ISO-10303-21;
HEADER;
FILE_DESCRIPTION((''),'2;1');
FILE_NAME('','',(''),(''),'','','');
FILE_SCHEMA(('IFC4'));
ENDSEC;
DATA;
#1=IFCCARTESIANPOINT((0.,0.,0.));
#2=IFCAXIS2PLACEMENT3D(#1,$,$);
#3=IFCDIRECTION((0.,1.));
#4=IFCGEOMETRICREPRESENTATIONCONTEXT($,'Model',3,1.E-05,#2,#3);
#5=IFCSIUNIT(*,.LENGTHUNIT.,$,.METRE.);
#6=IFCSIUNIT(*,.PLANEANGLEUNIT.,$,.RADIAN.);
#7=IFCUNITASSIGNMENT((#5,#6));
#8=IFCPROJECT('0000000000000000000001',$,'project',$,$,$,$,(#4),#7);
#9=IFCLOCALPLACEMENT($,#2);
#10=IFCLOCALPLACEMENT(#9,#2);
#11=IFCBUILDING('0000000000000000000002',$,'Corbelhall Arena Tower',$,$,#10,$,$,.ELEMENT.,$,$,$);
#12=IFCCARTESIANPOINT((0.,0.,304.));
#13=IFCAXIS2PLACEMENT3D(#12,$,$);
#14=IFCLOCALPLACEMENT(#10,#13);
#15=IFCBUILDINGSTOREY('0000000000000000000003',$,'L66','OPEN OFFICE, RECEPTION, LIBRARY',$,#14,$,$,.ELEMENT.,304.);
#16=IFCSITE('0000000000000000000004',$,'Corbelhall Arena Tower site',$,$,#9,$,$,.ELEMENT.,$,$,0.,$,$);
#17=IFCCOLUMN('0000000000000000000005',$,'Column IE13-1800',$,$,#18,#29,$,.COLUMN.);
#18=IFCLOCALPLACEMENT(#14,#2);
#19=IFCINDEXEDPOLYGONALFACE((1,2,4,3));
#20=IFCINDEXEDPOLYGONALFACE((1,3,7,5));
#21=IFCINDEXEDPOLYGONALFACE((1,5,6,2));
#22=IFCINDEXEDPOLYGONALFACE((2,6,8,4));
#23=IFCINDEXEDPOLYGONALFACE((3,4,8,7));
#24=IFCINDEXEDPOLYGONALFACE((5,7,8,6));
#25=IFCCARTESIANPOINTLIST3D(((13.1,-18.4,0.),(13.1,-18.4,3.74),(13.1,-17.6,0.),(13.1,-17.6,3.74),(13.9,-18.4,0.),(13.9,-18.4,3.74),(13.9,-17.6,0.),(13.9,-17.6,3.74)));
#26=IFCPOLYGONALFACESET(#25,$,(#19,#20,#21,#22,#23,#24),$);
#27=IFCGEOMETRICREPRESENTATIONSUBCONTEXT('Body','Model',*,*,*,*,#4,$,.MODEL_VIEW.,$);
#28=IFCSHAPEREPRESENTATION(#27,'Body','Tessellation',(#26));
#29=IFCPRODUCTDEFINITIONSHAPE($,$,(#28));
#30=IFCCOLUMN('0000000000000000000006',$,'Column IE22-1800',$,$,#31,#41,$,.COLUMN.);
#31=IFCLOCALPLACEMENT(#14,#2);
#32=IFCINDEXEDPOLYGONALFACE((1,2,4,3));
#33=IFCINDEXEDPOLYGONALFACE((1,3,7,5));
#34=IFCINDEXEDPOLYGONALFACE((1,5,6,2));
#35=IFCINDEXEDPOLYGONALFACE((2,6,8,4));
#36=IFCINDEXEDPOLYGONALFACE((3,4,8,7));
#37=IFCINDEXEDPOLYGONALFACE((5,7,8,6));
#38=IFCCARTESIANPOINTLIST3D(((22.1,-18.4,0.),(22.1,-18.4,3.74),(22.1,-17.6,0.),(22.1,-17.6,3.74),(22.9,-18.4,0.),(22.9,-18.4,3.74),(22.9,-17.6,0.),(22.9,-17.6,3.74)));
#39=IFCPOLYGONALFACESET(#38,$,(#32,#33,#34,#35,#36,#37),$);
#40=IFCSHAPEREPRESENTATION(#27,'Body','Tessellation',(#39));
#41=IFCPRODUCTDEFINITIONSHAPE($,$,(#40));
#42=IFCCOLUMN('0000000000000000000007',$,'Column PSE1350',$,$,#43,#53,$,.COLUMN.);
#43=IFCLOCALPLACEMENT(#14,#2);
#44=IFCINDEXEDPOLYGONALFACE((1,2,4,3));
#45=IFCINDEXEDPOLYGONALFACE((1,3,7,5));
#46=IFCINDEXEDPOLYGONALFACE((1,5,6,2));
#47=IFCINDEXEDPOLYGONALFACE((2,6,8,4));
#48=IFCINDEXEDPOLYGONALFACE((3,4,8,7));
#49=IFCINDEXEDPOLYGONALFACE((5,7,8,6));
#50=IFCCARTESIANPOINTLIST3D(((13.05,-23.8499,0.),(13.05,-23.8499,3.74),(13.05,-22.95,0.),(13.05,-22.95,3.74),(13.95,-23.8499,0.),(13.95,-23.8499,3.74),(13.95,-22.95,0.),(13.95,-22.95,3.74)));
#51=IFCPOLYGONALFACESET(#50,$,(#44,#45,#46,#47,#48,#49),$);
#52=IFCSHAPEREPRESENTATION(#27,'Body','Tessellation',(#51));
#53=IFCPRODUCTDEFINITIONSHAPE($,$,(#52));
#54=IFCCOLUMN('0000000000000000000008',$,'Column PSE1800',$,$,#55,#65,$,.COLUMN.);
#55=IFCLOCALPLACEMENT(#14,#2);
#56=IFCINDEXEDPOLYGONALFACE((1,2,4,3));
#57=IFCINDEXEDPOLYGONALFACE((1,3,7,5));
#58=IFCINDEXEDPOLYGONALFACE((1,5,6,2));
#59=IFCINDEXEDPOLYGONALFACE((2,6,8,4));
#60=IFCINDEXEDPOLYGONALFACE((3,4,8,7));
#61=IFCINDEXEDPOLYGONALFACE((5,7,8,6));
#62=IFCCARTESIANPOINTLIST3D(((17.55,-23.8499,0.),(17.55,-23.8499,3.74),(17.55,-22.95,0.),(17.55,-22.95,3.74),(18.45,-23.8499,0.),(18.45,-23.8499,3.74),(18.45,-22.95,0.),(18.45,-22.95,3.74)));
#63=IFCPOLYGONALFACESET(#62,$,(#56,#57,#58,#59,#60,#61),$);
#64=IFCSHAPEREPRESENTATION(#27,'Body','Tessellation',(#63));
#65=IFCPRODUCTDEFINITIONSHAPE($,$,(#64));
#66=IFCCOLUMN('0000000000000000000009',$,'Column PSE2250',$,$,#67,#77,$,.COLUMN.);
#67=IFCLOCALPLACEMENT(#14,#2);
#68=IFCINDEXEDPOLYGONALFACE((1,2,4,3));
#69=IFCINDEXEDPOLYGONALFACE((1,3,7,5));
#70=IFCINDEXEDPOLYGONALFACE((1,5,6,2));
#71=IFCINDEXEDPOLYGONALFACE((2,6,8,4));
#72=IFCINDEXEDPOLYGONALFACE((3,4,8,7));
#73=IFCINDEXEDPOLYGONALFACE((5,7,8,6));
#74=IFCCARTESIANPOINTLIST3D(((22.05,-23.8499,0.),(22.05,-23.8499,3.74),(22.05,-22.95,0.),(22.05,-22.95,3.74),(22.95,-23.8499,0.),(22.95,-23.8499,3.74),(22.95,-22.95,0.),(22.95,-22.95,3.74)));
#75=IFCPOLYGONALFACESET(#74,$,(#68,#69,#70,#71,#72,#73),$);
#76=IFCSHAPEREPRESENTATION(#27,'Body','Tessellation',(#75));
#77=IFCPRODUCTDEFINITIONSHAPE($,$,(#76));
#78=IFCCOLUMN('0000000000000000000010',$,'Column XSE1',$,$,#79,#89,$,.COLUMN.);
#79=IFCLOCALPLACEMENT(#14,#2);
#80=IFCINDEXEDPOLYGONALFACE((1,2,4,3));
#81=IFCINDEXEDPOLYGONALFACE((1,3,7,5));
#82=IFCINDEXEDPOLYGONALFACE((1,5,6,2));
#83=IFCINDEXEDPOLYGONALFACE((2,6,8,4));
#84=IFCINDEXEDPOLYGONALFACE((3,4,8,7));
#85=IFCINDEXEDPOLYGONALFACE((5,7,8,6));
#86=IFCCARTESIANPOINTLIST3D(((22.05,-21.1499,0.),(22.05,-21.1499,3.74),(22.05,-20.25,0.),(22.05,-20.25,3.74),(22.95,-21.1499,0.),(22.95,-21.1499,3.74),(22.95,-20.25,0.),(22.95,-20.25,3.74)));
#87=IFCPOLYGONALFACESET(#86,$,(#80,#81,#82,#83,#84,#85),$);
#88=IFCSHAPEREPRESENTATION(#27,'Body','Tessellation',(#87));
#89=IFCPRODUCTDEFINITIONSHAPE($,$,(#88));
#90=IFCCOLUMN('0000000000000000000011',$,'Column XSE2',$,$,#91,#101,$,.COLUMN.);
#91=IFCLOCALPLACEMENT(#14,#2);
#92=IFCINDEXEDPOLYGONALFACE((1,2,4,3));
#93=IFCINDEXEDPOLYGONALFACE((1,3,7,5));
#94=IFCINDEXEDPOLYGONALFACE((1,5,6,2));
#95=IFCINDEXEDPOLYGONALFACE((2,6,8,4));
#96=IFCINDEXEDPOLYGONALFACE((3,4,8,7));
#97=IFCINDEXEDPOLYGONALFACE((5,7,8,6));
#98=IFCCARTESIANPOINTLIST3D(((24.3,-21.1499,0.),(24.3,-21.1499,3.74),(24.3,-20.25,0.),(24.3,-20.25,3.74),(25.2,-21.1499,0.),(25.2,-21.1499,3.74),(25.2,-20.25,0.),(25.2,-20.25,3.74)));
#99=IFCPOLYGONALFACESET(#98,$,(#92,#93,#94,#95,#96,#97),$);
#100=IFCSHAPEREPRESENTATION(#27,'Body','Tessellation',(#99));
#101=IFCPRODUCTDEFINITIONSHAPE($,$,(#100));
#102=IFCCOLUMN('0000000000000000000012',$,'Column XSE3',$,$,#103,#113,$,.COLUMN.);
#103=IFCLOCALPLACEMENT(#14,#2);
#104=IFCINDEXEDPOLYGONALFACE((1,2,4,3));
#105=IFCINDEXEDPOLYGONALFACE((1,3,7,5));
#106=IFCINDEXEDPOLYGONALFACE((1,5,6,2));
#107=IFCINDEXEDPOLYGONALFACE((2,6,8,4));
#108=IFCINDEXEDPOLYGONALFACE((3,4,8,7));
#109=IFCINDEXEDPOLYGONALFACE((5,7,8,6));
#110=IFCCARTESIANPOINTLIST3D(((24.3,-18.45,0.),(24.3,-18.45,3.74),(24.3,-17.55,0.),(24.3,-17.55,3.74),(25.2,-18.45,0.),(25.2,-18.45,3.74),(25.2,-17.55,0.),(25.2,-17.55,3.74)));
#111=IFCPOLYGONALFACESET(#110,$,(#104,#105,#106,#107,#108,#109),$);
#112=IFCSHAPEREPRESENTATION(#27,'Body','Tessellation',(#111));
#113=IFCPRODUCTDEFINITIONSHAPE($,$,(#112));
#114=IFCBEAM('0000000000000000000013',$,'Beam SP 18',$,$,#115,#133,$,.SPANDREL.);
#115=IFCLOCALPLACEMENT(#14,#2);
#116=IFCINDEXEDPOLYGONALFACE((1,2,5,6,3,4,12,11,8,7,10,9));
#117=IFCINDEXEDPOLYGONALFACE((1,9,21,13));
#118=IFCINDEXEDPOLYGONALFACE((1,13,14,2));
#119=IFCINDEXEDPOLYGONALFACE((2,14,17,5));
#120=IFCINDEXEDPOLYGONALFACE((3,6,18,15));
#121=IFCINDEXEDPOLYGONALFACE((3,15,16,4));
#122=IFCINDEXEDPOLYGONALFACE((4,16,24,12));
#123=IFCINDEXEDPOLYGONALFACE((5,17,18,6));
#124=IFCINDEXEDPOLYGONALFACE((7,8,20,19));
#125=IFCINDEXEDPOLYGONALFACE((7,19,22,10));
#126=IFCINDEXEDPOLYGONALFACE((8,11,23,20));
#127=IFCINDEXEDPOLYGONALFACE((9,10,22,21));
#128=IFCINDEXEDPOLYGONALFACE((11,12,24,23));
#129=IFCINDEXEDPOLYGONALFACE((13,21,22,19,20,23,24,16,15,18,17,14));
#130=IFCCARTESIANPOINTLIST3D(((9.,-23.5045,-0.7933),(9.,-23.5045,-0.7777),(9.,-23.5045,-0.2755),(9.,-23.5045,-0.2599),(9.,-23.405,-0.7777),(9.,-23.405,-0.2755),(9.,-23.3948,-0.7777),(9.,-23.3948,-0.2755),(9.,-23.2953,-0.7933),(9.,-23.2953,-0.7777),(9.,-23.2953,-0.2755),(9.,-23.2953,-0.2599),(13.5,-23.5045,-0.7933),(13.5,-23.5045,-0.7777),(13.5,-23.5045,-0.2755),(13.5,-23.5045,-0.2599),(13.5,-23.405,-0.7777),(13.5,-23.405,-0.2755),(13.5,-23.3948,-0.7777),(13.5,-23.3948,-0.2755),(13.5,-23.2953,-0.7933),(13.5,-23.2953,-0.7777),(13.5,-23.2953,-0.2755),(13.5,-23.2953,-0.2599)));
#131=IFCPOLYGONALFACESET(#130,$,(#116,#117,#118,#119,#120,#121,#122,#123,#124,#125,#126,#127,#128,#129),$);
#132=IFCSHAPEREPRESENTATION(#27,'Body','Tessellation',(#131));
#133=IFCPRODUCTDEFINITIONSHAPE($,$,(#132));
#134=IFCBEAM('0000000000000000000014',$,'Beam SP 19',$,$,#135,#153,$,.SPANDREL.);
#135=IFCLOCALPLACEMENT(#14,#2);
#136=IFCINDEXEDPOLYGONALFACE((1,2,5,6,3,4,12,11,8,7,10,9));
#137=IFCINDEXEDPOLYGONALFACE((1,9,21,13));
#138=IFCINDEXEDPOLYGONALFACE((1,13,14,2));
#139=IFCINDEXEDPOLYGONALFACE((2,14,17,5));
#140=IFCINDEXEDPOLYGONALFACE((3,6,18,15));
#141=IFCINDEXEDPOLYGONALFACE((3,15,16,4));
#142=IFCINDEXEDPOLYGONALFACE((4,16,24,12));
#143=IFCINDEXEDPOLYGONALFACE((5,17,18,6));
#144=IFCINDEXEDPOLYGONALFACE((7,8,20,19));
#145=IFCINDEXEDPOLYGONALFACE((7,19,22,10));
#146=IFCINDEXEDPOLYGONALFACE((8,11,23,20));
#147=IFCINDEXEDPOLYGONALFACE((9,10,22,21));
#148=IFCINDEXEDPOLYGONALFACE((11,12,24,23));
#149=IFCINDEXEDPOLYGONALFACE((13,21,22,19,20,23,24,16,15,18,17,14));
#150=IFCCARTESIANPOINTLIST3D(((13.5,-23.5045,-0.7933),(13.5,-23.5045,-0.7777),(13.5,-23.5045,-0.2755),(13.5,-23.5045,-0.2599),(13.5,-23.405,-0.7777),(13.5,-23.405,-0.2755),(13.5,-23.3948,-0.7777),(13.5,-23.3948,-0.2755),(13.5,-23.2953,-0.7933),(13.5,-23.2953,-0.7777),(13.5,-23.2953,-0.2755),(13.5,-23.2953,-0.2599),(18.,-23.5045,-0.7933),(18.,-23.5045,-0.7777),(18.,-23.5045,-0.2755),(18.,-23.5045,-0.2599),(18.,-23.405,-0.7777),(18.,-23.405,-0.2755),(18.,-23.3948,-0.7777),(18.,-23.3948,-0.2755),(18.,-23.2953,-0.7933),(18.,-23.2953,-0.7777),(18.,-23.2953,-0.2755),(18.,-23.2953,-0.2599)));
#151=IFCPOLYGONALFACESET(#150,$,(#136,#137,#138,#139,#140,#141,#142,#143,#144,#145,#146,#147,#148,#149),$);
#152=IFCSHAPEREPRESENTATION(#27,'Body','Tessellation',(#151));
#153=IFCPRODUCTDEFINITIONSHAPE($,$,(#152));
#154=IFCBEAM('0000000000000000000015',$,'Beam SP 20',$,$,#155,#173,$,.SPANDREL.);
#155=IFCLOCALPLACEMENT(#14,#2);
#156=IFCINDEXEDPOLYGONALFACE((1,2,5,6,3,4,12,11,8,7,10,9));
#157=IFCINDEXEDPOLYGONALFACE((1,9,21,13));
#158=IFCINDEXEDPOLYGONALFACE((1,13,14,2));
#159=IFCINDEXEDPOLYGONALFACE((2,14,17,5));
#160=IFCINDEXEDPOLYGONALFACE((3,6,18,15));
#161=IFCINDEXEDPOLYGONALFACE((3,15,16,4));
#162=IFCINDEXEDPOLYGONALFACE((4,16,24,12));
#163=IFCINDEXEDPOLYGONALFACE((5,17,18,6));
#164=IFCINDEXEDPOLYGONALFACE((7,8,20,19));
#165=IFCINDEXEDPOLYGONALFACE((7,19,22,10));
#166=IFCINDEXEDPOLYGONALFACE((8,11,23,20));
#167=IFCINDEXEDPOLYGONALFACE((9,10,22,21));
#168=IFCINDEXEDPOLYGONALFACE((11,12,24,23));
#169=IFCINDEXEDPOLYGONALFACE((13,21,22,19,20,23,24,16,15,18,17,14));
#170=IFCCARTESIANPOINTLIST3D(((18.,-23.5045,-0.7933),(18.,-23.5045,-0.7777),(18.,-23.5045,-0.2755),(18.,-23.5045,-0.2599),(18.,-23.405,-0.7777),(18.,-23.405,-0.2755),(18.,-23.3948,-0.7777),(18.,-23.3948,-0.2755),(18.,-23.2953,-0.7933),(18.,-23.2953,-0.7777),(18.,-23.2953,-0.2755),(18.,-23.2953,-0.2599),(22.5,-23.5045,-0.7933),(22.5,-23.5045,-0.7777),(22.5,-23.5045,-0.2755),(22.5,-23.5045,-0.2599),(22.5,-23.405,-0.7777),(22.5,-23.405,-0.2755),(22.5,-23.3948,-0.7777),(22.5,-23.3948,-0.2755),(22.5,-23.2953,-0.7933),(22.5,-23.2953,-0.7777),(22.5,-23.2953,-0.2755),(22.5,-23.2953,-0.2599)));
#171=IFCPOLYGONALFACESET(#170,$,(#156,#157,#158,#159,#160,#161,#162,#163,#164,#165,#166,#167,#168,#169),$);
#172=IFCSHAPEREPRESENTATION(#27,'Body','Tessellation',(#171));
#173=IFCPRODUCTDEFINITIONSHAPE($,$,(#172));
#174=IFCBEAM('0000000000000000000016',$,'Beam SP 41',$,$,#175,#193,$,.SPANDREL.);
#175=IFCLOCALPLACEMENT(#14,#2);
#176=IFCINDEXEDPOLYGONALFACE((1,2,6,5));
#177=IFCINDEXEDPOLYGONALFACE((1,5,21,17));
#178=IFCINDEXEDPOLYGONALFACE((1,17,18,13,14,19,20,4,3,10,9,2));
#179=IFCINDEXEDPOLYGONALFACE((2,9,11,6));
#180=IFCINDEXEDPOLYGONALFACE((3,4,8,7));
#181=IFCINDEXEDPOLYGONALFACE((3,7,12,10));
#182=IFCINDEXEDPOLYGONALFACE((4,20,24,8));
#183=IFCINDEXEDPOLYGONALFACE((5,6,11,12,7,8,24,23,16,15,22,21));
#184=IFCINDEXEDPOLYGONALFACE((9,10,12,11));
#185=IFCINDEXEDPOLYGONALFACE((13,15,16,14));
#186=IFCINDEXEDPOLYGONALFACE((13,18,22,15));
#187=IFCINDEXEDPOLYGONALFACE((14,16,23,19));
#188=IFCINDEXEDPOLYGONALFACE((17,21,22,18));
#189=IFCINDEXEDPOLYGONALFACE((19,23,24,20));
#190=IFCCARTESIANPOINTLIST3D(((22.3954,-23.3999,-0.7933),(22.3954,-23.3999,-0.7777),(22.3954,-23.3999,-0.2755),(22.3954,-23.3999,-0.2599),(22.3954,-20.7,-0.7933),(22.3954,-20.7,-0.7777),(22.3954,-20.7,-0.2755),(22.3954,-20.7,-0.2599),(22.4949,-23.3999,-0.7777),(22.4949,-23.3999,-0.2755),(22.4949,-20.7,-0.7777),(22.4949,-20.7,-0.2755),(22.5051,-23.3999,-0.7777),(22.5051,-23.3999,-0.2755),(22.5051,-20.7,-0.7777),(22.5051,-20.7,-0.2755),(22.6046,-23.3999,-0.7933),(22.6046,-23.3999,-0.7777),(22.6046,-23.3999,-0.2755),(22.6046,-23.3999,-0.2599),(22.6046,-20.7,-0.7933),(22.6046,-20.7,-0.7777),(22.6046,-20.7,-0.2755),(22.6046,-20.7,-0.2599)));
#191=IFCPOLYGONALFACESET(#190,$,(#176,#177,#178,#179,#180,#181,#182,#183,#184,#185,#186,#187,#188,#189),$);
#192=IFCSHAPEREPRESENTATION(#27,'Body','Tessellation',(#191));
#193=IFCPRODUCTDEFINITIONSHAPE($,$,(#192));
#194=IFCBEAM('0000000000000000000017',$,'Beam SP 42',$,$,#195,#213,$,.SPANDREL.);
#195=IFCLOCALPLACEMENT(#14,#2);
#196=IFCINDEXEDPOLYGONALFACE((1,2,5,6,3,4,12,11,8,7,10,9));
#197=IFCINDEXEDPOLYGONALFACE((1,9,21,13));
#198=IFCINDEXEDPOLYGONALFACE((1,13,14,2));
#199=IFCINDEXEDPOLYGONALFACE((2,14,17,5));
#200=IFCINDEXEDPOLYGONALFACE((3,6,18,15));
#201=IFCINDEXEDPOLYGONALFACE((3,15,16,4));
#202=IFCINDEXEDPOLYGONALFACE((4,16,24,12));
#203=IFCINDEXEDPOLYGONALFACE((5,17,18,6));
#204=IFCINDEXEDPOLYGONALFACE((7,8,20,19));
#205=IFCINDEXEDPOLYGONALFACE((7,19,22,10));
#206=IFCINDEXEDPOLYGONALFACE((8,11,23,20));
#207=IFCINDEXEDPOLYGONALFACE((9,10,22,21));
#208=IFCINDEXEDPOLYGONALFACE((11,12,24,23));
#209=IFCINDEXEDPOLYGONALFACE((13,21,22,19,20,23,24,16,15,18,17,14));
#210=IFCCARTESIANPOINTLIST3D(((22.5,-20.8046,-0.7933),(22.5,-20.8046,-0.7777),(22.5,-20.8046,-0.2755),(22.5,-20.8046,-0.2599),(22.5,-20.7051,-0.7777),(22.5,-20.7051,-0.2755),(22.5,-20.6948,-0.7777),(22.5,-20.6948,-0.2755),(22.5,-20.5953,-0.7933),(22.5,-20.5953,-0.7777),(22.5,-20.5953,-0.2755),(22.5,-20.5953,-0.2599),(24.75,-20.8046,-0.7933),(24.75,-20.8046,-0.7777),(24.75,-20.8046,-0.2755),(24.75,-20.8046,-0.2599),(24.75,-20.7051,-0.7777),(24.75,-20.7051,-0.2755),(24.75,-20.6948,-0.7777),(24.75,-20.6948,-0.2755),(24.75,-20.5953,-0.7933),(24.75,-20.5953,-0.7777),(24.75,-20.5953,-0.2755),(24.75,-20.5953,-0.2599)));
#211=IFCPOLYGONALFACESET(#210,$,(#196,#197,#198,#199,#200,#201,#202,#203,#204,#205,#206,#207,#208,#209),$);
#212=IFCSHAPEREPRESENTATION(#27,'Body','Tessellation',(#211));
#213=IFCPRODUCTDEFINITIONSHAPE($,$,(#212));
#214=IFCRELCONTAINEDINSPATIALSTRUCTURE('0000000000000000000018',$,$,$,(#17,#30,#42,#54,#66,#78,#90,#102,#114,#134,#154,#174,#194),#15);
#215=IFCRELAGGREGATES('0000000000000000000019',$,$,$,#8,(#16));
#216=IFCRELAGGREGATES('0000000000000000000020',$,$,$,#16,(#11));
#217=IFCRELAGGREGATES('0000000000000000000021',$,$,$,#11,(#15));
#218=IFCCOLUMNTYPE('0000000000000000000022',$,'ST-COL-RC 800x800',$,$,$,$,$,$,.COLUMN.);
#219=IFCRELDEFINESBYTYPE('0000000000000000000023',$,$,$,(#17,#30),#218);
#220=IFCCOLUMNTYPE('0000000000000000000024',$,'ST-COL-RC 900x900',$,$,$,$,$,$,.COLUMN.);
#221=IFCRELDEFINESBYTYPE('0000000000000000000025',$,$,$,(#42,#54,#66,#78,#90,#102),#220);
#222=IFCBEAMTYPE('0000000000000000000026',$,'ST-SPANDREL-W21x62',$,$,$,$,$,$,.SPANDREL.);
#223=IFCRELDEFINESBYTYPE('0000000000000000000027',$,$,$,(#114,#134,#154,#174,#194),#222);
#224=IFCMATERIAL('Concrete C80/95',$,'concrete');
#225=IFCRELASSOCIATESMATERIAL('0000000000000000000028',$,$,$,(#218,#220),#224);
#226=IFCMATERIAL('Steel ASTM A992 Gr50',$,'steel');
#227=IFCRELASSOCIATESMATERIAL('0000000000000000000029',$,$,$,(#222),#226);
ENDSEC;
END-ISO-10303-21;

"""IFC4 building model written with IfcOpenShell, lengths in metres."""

from ifc_helpers import new_model, si_unit, direction, frame, origin, origin_2d, place, context, subcontext, project, spatial, rectangle, i_section, extrude, material, material_profile, profile_set, type_object, element, save


model = new_model("IFC4")

# Units and contexts
model_context = context("Model", 3, precision=1e-05, world=origin(), true_north=direction((0.0, 1.0)))
body_context = subcontext(model_context, "Body", "Model", "MODEL_VIEW")
ifc_project = project(units=[si_unit("LENGTHUNIT", "METRE"), si_unit("PLANEANGLEUNIT", "RADIAN")], contexts=[model_context])

# Site, building, storey
site_placement = place(None, origin())
site = spatial("IfcSite", under=ifc_project, at=site_placement, Name="Corbelhall Arena Tower site", CompositionType="ELEMENT", RefElevation=0.0)
building_placement = place(site_placement, origin())
building = spatial("IfcBuilding", under=site, at=building_placement, Name="Corbelhall Arena Tower", CompositionType="ELEMENT")
storey_placement = place(building_placement, frame((0.0, 0.0, 304.0)))
storey = spatial("IfcBuildingStorey", under=building, at=storey_placement, Name="L66", Description="OPEN OFFICE, RECEPTION, LIBRARY", CompositionType="ELEMENT", Elevation=304.0)

# Columns
ifc_material_1 = material(Name="Concrete C80/95", Category="concrete")
ifc_material_profile_1 = material_profile(ifc_material_1, rectangle(XDim=0.8, YDim=0.8, at=origin_2d()))
ifc_profile_set_1 = profile_set([ifc_material_profile_1], Name="Concrete C80/95")
column_type_1 = type_object("IfcColumnType", Name="ST-COL-RC 800x800", PredefinedType="COLUMN", material=ifc_profile_set_1)
for number, where, z_axis, x_axis, name in (
    (1, (13.5, -18.0, 0.0), (0.0, 0.0, 1.0), (1.0, 0.0, 0.0), "Column IE13-1800"),
    (2, (22.5, -18.0, 0.0), (0.0, 0.0, 1.0), (1.0, 0.0, 0.0), "Column IE22-1800"),
):
    element("IfcColumn", number, at=place(storey_placement, frame(where, z_axis=z_axis, x_axis=x_axis)), inside=storey, type_object=column_type_1, Name=name, PredefinedType="COLUMN", context=body_context, shape_type="SweptSolid", body=[
        extrude(rectangle(XDim=0.8, YDim=0.8, at=origin_2d()), origin(), (0.0, 0.0, 1.0), 3.74),
    ])
ifc_material_profile_2 = material_profile(ifc_material_1, rectangle(XDim=0.8999, YDim=0.8999, at=origin_2d()))
ifc_profile_set_2 = profile_set([ifc_material_profile_2], Name="Concrete C80/95")
column_type_2 = type_object("IfcColumnType", Name="ST-COL-RC 900x900", PredefinedType="COLUMN", material=ifc_profile_set_2)
for number, where, z_axis, x_axis, name in (
    (3, (13.5, -23.3999, 0.0), (0.0, 0.0, 1.0), (1.0, 0.0, 0.0), "Column PSE1350"),
    (4, (18.0, -23.3999, 0.0), (0.0, 0.0, 1.0), (1.0, 0.0, 0.0), "Column PSE1800"),
    (5, (22.5, -23.3999, 0.0), (0.0, 0.0, 1.0), (1.0, 0.0, 0.0), "Column PSE2250"),
    (6, (22.5, -20.7, 0.0), (0.0, 0.0, 1.0), (1.0, 0.0, 0.0), "Column XSE1"),
    (7, (24.75, -20.7, 0.0), (0.0, 0.0, 1.0), (1.0, 0.0, 0.0), "Column XSE2"),
    (8, (24.75, -18.0, 0.0), (0.0, 0.0, 1.0), (1.0, 0.0, 0.0), "Column XSE3"),
):
    element("IfcColumn", number, at=place(storey_placement, frame(where, z_axis=z_axis, x_axis=x_axis)), inside=storey, type_object=column_type_2, Name=name, PredefinedType="COLUMN", context=body_context, shape_type="SweptSolid", body=[
        extrude(rectangle(XDim=0.8999, YDim=0.8999, at=origin_2d()), origin(), (0.0, 0.0, 1.0), 3.74),
    ])

# Beams
ifc_material_2 = material(Name="Steel ASTM A992 Gr50", Category="steel")
ifc_material_profile_3 = material_profile(ifc_material_2, i_section(OverallWidth=0.2092, OverallDepth=0.5334, WebThickness=0.0103, FlangeThickness=0.0156, at=origin_2d()))
ifc_profile_set_3 = profile_set([ifc_material_profile_3], Name="Steel ASTM A992 Gr50")
beam_type = type_object("IfcBeamType", Name="ST-SPANDREL-W21x62", PredefinedType="SPANDREL", material=ifc_profile_set_3)
for number, where, z_axis, x_axis, name in (
    (9, (13.5, -23.3999, -0.5266), (-1.0, 0.0, 0.0), (0.0, -1.0, 0.0), "Beam SP 18"),
    (10, (18.0, -23.3999, -0.5266), (-1.0, 0.0, 0.0), (0.0, -1.0, 0.0), "Beam SP 19"),
    (11, (22.5, -23.3999, -0.5266), (-1.0, 0.0, 0.0), (0.0, -1.0, 0.0), "Beam SP 20"),
):
    element("IfcBeam", number, at=place(storey_placement, frame(where, z_axis=z_axis, x_axis=x_axis)), inside=storey, type_object=beam_type, Name=name, PredefinedType="SPANDREL", context=body_context, shape_type="SweptSolid", body=[
        extrude(i_section(OverallWidth=0.2092, OverallDepth=0.5334, WebThickness=0.0103, FlangeThickness=0.0156, at=origin_2d()), origin(), (0.0, 0.0, 1.0), 4.5),
    ])
beam_1_placement = place(storey_placement, frame((22.5, -20.7, -0.5266), z_axis=(0.0, -1.0, 0.0), x_axis=(1.0, 0.0, 0.0)))
element("IfcBeam", 12, at=beam_1_placement, inside=storey, type_object=beam_type, Name="Beam SP 41", PredefinedType="SPANDREL", context=body_context, shape_type="SweptSolid", body=[
    extrude(i_section(OverallWidth=0.2092, OverallDepth=0.5334, WebThickness=0.0103, FlangeThickness=0.0156, at=origin_2d()), origin(), (0.0, 0.0, 1.0), 2.7),
])
beam_2_placement = place(storey_placement, frame((24.75, -20.7, -0.5266), z_axis=(-1.0, 0.0, 0.0), x_axis=(0.0, -1.0, 0.0)))
element("IfcBeam", 13, at=beam_2_placement, inside=storey, type_object=beam_type, Name="Beam SP 42", PredefinedType="SPANDREL", context=body_context, shape_type="SweptSolid", body=[
    extrude(i_section(OverallWidth=0.2092, OverallDepth=0.5334, WebThickness=0.0103, FlangeThickness=0.0156, at=origin_2d()), origin(), (0.0, 0.0, 1.0), 2.25),
])

save(model, "model.ifc")
